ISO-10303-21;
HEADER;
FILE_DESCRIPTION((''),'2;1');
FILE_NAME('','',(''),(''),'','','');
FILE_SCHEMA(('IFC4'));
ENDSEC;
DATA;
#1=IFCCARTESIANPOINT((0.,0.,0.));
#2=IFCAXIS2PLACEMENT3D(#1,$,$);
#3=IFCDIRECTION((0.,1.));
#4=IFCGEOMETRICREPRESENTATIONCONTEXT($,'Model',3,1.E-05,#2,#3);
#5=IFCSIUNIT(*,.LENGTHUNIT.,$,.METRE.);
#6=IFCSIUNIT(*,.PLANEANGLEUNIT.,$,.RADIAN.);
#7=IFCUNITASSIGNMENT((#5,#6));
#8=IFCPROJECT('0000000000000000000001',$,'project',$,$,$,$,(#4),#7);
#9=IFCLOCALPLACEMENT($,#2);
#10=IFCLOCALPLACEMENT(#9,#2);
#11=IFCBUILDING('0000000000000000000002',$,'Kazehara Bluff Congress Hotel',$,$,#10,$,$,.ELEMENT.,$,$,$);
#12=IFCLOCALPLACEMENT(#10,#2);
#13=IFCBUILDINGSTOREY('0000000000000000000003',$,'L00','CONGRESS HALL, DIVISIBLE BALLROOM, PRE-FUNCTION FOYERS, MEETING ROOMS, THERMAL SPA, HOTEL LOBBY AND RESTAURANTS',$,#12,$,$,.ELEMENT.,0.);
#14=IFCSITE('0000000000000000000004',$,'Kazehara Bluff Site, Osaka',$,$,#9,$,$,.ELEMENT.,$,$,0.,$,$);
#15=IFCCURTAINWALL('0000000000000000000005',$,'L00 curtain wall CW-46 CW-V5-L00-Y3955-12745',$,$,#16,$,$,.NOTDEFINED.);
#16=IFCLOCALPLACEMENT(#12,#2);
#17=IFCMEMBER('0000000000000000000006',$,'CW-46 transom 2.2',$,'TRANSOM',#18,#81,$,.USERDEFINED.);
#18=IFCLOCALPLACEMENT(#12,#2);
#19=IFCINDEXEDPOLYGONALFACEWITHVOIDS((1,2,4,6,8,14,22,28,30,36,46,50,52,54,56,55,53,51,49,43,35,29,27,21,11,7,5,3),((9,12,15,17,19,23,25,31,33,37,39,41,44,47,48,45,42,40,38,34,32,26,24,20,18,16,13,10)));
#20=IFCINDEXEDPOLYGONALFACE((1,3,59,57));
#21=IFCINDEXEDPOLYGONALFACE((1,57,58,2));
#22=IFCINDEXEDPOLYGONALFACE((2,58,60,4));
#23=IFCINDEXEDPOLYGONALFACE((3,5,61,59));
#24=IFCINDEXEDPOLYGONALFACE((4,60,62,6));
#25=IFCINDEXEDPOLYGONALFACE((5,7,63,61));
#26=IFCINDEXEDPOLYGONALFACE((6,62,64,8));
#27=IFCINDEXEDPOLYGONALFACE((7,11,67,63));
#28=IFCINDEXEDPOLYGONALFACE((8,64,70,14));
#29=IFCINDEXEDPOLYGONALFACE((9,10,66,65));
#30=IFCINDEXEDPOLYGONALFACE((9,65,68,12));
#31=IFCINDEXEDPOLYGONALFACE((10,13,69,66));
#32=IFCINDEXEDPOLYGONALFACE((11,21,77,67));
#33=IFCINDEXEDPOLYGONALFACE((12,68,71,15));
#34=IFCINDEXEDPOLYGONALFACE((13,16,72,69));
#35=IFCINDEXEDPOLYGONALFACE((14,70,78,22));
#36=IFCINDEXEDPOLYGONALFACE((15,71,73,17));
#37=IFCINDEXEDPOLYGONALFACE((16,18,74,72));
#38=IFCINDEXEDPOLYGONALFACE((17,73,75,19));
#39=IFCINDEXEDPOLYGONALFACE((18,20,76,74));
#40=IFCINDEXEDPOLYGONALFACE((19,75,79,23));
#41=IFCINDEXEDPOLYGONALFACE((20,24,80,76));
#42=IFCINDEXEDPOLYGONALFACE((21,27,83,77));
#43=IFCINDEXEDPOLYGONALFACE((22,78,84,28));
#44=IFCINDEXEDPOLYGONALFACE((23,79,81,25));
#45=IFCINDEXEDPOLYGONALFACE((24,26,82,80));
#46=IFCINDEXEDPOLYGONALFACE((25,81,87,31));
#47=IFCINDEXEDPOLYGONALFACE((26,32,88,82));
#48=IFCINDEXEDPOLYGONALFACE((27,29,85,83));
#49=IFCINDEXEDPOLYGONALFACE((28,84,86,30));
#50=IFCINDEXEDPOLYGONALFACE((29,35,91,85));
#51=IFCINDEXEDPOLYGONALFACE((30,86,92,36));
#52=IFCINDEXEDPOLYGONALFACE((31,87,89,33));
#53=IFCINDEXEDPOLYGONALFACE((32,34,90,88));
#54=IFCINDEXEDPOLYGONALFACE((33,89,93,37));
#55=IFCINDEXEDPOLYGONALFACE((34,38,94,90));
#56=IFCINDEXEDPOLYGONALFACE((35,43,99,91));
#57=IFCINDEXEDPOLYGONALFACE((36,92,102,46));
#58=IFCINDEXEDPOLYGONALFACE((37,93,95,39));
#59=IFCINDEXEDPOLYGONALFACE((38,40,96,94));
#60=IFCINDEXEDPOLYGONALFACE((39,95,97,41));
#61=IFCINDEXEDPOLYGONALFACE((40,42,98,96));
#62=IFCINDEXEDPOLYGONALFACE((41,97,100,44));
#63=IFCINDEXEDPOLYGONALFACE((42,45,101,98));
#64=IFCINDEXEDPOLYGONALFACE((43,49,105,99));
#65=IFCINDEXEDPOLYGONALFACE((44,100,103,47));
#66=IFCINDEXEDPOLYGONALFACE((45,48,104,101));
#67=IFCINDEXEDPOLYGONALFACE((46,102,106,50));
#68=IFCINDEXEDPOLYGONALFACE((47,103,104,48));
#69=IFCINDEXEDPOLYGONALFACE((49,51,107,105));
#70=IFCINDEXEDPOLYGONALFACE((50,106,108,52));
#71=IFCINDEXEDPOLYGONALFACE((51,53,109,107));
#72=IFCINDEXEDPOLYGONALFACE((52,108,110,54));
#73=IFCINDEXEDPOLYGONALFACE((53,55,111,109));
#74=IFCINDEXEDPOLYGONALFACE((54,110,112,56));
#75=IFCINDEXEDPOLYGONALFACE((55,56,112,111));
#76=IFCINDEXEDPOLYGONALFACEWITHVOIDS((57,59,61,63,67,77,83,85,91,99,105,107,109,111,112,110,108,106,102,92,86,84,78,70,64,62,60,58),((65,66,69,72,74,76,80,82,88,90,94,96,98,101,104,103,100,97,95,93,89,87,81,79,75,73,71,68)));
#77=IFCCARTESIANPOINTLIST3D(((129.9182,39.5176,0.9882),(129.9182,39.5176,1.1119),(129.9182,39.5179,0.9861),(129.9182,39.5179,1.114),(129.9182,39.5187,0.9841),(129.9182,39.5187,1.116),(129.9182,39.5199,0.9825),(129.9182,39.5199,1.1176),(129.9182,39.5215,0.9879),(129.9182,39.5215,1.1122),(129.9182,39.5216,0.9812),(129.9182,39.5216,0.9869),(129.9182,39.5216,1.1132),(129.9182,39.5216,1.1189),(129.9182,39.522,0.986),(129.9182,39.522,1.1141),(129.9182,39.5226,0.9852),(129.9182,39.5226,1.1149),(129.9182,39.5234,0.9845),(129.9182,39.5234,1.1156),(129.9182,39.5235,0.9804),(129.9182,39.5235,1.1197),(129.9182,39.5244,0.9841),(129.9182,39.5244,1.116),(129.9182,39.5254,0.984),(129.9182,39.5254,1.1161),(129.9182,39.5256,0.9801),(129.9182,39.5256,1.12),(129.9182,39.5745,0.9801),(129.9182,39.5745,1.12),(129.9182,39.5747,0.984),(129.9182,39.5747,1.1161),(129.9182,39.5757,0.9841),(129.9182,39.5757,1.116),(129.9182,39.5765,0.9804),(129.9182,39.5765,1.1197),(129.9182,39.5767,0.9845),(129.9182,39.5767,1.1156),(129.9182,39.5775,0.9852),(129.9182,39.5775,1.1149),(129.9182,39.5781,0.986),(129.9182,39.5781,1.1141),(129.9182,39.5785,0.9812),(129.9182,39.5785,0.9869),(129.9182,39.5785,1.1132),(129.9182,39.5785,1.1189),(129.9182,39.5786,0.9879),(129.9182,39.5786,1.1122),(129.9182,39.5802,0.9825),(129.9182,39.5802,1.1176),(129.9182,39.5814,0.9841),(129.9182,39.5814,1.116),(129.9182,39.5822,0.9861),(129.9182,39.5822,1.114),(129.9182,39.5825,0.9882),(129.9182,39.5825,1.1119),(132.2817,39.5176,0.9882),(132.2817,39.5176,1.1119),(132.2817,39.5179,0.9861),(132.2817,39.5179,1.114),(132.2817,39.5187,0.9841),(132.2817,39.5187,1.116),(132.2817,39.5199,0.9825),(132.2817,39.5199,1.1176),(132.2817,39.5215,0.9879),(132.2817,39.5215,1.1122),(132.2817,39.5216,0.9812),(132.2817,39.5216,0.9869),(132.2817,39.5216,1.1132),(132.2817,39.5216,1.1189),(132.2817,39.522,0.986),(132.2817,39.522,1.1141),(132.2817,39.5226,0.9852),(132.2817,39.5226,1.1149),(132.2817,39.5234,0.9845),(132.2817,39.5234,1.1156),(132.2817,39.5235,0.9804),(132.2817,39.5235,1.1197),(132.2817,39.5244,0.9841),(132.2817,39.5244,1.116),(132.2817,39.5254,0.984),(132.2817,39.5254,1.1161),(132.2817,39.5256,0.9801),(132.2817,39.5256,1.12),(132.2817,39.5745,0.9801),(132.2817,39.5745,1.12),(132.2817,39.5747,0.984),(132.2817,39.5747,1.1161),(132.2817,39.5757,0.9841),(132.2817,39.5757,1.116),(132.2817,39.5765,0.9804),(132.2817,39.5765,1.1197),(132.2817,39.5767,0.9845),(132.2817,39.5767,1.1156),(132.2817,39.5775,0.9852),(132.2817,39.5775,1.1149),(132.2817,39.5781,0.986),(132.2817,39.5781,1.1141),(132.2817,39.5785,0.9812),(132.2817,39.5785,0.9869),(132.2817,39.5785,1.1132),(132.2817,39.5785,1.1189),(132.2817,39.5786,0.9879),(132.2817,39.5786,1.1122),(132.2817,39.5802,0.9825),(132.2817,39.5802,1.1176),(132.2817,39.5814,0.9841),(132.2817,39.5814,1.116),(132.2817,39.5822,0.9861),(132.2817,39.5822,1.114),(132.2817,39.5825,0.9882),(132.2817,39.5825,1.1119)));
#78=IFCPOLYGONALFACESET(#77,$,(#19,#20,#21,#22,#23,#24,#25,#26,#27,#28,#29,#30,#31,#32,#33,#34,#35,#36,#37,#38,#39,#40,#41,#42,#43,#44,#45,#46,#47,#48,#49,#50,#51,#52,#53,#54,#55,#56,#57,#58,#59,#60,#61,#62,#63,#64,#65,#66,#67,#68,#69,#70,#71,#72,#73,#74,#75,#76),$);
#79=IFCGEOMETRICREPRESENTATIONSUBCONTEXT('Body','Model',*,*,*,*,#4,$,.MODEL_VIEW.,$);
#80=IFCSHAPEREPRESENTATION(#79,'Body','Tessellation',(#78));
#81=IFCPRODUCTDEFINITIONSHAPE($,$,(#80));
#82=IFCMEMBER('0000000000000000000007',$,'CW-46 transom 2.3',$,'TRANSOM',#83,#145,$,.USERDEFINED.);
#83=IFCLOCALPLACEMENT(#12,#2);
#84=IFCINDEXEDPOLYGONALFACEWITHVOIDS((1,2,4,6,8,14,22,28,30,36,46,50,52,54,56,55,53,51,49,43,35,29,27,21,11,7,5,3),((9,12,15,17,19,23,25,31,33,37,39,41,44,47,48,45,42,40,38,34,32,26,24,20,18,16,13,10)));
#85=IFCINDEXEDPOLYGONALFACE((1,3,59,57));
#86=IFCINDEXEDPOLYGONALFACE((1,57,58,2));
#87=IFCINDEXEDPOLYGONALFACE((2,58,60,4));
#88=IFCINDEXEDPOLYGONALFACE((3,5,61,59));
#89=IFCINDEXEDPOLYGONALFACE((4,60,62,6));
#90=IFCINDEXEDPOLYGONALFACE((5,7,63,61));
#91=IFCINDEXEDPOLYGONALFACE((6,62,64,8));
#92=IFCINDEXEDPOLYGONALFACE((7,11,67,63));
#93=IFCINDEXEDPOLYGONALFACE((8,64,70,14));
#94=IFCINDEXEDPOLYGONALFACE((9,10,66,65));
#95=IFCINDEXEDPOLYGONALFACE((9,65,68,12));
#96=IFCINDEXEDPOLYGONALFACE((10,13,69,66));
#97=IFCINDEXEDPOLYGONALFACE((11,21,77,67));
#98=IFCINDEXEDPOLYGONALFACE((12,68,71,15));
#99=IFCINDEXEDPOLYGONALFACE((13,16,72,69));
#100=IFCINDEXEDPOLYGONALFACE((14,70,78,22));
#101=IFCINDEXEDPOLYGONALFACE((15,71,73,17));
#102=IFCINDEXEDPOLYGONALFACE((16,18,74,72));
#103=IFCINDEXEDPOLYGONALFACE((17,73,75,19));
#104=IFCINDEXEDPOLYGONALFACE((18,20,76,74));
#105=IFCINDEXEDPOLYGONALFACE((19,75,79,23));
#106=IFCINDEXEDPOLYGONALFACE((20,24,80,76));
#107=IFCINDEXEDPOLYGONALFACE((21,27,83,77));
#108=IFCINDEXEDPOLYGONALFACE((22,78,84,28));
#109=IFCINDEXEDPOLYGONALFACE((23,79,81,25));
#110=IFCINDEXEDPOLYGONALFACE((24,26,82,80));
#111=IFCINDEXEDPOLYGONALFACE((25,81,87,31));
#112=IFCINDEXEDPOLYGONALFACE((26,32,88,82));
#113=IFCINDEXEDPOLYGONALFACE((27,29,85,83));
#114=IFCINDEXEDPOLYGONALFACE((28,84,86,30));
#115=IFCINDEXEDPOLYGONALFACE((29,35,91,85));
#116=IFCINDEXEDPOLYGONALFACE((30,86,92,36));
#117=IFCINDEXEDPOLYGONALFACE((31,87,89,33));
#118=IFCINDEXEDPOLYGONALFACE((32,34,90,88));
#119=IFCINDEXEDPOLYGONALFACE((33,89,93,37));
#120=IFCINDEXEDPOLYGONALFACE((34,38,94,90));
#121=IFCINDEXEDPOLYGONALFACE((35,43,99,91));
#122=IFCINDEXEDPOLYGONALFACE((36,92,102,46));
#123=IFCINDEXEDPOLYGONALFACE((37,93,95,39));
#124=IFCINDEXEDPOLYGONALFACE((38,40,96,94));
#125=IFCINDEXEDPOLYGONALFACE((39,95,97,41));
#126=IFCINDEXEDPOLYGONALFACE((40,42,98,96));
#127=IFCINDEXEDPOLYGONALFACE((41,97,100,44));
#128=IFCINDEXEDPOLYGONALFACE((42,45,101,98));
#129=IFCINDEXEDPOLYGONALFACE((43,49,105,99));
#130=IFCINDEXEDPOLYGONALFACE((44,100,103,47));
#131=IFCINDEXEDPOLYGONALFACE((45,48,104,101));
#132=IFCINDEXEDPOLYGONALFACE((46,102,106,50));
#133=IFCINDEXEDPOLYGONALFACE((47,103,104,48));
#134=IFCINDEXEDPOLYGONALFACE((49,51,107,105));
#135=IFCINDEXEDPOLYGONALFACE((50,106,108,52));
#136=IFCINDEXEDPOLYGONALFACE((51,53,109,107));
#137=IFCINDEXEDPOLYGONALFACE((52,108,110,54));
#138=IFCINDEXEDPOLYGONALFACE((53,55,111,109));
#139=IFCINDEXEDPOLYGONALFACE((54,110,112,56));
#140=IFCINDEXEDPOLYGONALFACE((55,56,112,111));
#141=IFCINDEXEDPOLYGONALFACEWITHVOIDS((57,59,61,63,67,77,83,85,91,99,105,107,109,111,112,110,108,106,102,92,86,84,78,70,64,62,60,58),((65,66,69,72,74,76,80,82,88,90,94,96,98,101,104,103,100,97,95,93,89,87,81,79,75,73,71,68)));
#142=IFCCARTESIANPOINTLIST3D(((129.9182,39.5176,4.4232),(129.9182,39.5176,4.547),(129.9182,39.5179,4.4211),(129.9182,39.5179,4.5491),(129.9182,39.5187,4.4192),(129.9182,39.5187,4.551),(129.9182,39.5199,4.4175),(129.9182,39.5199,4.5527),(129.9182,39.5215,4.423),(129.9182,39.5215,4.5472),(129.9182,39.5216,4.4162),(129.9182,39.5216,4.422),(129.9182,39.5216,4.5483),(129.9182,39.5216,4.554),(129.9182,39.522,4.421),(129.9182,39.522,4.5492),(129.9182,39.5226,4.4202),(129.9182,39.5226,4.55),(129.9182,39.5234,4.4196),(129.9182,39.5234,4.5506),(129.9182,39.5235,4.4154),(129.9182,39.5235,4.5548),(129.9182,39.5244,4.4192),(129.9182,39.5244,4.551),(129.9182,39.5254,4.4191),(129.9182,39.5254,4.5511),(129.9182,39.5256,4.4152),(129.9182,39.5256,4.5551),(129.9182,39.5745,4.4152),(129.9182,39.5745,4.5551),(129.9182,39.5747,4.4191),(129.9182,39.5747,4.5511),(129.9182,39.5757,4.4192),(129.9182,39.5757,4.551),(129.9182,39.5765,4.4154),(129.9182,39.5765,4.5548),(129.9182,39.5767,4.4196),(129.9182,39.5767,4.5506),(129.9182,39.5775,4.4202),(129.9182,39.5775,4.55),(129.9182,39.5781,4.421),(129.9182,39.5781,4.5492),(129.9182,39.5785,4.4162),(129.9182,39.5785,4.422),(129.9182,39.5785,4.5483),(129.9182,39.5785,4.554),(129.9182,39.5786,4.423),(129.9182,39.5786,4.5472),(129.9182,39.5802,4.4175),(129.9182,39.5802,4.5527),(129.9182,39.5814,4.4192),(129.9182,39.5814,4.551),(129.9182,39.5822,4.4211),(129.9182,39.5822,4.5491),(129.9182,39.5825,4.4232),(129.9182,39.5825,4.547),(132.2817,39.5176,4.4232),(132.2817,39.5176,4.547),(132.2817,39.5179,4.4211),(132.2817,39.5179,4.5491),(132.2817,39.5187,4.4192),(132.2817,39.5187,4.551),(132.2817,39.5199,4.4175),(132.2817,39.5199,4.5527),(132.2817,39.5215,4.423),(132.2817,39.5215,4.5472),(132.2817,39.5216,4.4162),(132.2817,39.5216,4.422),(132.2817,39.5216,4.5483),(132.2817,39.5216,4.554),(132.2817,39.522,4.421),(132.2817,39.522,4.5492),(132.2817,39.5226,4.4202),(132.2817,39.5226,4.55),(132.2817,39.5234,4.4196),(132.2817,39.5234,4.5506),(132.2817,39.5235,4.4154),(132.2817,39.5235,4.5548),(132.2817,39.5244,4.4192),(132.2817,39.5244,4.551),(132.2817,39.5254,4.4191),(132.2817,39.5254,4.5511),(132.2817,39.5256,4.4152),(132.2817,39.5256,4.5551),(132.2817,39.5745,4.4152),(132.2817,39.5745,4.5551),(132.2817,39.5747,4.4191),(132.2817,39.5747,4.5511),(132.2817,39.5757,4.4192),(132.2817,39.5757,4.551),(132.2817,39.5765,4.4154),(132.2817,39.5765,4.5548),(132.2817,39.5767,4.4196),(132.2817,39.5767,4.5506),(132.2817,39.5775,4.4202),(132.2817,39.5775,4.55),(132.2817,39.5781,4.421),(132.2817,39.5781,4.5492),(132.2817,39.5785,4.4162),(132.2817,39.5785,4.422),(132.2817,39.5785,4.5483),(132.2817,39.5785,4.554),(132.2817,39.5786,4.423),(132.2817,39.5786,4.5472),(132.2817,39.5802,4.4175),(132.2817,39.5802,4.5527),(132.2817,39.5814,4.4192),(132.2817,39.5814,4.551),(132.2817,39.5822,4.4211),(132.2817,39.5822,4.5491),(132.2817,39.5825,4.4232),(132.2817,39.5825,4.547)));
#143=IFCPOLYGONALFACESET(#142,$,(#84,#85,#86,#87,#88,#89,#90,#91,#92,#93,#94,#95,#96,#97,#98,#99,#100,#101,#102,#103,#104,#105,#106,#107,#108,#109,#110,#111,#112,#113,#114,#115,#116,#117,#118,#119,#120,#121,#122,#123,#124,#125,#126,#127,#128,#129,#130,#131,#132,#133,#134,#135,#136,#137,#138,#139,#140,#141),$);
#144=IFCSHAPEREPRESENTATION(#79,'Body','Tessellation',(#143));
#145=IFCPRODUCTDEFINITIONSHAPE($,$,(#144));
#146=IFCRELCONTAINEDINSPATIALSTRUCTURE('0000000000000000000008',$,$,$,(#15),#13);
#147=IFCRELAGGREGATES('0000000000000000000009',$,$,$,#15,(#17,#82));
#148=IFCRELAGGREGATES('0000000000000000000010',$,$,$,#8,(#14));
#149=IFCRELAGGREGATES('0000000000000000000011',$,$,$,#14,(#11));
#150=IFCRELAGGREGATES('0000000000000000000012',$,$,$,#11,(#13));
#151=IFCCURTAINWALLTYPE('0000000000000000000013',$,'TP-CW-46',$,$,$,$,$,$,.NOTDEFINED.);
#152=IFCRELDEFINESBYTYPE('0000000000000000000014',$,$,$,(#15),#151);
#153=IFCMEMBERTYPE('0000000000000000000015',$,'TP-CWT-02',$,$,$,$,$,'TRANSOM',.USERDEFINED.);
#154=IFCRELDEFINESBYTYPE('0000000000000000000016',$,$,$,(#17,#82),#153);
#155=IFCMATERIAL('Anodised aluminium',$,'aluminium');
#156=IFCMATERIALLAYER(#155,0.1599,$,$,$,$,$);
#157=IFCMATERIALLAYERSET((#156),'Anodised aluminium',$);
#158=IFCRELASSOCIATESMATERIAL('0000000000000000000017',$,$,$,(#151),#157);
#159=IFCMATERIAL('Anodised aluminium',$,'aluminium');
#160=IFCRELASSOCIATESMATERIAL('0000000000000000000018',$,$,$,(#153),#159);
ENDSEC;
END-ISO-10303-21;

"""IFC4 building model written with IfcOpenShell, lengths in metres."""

from ifc_helpers import new_model, si_unit, direction, frame, origin, origin_2d, place, context, subcontext, project, spatial, hollow_rectangle, extrude, material, layer, layer_set, material_profile, profile_set, type_object, element, aggregate, save


model = new_model("IFC4")

# Units and contexts
model_context = context("Model", 3, precision=1e-05, world=origin(), true_north=direction((0.0, 1.0)))
body_context = subcontext(model_context, "Body", "Model", "MODEL_VIEW")
ifc_project = project(units=[si_unit("LENGTHUNIT", "METRE"), si_unit("PLANEANGLEUNIT", "RADIAN")], contexts=[model_context])

# Site, building, storey
site_placement = place(None, origin())
site = spatial("IfcSite", under=ifc_project, at=site_placement, Name="Kazehara Bluff Site, Osaka", CompositionType="ELEMENT", RefElevation=0.0)
building_placement = place(site_placement, origin())
building = spatial("IfcBuilding", under=site, at=building_placement, Name="Kazehara Bluff Congress Hotel", CompositionType="ELEMENT")
storey_placement = place(building_placement, origin())
storey = spatial("IfcBuildingStorey", under=building, at=storey_placement, Name="L00", Description="CONGRESS HALL, DIVISIBLE BALLROOM, PRE-FUNCTION FOYERS, MEETING ROOMS, THERMAL SPA, HOTEL LOBBY AND RESTAURANTS", CompositionType="ELEMENT", Elevation=0.0)

# Shared definitions
ifc_material_1 = material(Name="Anodised aluminium", Category="aluminium")
ifc_layer_1 = layer(ifc_material_1, 0.1599)
ifc_layer_set_1 = layer_set([ifc_layer_1], Name="Anodised aluminium")
curtain_wall_type = type_object("IfcCurtainWallType", Name="TP-CW-46", PredefinedType="NOTDEFINED", material=ifc_layer_set_1)

# Curtain wall, members
curtain_wall_1_placement = place(storey_placement, origin())
curtain_wall_1 = element("IfcCurtainWall", 1, at=curtain_wall_1_placement, inside=storey, type_object=curtain_wall_type, Name="L00 curtain wall CW-46 CW-V5-L00-Y3955-12745", PredefinedType="NOTDEFINED")
ifc_material_2 = material(Name="Anodised aluminium", Category="aluminium")
ifc_material_profile_1 = material_profile(ifc_material_2, hollow_rectangle(XDim=0.0649, YDim=0.1399, WallThickness=0.0039, InnerFilletRadius=0.0039, OuterFilletRadius=0.0081, at=origin_2d()))
ifc_profile_set_1 = profile_set([ifc_material_profile_1], Name="Anodised aluminium")
member_type_1 = type_object("IfcMemberType", Name="TP-CWT-02", ElementType="TRANSOM", PredefinedType="USERDEFINED", material=ifc_profile_set_1)
member_1_placement = place(storey_placement, frame((129.9182, 39.55, 1.05), z_axis=(1.0, 0.0, 0.0), x_axis=(0.0, 1.0, 0.0)))
member_1 = element("IfcMember", 2, at=member_1_placement, type_object=member_type_1, Name="CW-46 transom 2.2", ObjectType="TRANSOM", PredefinedType="USERDEFINED", context=body_context, shape_type="SweptSolid", body=[
    extrude(hollow_rectangle(XDim=0.0649, YDim=0.1399, WallThickness=0.0039, InnerFilletRadius=0.0039, OuterFilletRadius=0.0081, at=origin_2d()), origin(), (0.0, 0.0, 1.0), 2.3635),
])
member_2_placement = place(storey_placement, frame((129.9182, 39.55, 4.4851), z_axis=(1.0, 0.0, 0.0), x_axis=(0.0, 1.0, 0.0)))
member_2 = element("IfcMember", 3, at=member_2_placement, type_object=member_type_1, Name="CW-46 transom 2.3", ObjectType="TRANSOM", PredefinedType="USERDEFINED", context=body_context, shape_type="SweptSolid", body=[
    extrude(hollow_rectangle(XDim=0.0649, YDim=0.1399, WallThickness=0.0039, InnerFilletRadius=0.0039, OuterFilletRadius=0.0081, at=origin_2d()), origin(), (0.0, 0.0, 1.0), 2.3635),
])

aggregate(curtain_wall_1, [member_1, member_2])

save(model, "model.ifc")
